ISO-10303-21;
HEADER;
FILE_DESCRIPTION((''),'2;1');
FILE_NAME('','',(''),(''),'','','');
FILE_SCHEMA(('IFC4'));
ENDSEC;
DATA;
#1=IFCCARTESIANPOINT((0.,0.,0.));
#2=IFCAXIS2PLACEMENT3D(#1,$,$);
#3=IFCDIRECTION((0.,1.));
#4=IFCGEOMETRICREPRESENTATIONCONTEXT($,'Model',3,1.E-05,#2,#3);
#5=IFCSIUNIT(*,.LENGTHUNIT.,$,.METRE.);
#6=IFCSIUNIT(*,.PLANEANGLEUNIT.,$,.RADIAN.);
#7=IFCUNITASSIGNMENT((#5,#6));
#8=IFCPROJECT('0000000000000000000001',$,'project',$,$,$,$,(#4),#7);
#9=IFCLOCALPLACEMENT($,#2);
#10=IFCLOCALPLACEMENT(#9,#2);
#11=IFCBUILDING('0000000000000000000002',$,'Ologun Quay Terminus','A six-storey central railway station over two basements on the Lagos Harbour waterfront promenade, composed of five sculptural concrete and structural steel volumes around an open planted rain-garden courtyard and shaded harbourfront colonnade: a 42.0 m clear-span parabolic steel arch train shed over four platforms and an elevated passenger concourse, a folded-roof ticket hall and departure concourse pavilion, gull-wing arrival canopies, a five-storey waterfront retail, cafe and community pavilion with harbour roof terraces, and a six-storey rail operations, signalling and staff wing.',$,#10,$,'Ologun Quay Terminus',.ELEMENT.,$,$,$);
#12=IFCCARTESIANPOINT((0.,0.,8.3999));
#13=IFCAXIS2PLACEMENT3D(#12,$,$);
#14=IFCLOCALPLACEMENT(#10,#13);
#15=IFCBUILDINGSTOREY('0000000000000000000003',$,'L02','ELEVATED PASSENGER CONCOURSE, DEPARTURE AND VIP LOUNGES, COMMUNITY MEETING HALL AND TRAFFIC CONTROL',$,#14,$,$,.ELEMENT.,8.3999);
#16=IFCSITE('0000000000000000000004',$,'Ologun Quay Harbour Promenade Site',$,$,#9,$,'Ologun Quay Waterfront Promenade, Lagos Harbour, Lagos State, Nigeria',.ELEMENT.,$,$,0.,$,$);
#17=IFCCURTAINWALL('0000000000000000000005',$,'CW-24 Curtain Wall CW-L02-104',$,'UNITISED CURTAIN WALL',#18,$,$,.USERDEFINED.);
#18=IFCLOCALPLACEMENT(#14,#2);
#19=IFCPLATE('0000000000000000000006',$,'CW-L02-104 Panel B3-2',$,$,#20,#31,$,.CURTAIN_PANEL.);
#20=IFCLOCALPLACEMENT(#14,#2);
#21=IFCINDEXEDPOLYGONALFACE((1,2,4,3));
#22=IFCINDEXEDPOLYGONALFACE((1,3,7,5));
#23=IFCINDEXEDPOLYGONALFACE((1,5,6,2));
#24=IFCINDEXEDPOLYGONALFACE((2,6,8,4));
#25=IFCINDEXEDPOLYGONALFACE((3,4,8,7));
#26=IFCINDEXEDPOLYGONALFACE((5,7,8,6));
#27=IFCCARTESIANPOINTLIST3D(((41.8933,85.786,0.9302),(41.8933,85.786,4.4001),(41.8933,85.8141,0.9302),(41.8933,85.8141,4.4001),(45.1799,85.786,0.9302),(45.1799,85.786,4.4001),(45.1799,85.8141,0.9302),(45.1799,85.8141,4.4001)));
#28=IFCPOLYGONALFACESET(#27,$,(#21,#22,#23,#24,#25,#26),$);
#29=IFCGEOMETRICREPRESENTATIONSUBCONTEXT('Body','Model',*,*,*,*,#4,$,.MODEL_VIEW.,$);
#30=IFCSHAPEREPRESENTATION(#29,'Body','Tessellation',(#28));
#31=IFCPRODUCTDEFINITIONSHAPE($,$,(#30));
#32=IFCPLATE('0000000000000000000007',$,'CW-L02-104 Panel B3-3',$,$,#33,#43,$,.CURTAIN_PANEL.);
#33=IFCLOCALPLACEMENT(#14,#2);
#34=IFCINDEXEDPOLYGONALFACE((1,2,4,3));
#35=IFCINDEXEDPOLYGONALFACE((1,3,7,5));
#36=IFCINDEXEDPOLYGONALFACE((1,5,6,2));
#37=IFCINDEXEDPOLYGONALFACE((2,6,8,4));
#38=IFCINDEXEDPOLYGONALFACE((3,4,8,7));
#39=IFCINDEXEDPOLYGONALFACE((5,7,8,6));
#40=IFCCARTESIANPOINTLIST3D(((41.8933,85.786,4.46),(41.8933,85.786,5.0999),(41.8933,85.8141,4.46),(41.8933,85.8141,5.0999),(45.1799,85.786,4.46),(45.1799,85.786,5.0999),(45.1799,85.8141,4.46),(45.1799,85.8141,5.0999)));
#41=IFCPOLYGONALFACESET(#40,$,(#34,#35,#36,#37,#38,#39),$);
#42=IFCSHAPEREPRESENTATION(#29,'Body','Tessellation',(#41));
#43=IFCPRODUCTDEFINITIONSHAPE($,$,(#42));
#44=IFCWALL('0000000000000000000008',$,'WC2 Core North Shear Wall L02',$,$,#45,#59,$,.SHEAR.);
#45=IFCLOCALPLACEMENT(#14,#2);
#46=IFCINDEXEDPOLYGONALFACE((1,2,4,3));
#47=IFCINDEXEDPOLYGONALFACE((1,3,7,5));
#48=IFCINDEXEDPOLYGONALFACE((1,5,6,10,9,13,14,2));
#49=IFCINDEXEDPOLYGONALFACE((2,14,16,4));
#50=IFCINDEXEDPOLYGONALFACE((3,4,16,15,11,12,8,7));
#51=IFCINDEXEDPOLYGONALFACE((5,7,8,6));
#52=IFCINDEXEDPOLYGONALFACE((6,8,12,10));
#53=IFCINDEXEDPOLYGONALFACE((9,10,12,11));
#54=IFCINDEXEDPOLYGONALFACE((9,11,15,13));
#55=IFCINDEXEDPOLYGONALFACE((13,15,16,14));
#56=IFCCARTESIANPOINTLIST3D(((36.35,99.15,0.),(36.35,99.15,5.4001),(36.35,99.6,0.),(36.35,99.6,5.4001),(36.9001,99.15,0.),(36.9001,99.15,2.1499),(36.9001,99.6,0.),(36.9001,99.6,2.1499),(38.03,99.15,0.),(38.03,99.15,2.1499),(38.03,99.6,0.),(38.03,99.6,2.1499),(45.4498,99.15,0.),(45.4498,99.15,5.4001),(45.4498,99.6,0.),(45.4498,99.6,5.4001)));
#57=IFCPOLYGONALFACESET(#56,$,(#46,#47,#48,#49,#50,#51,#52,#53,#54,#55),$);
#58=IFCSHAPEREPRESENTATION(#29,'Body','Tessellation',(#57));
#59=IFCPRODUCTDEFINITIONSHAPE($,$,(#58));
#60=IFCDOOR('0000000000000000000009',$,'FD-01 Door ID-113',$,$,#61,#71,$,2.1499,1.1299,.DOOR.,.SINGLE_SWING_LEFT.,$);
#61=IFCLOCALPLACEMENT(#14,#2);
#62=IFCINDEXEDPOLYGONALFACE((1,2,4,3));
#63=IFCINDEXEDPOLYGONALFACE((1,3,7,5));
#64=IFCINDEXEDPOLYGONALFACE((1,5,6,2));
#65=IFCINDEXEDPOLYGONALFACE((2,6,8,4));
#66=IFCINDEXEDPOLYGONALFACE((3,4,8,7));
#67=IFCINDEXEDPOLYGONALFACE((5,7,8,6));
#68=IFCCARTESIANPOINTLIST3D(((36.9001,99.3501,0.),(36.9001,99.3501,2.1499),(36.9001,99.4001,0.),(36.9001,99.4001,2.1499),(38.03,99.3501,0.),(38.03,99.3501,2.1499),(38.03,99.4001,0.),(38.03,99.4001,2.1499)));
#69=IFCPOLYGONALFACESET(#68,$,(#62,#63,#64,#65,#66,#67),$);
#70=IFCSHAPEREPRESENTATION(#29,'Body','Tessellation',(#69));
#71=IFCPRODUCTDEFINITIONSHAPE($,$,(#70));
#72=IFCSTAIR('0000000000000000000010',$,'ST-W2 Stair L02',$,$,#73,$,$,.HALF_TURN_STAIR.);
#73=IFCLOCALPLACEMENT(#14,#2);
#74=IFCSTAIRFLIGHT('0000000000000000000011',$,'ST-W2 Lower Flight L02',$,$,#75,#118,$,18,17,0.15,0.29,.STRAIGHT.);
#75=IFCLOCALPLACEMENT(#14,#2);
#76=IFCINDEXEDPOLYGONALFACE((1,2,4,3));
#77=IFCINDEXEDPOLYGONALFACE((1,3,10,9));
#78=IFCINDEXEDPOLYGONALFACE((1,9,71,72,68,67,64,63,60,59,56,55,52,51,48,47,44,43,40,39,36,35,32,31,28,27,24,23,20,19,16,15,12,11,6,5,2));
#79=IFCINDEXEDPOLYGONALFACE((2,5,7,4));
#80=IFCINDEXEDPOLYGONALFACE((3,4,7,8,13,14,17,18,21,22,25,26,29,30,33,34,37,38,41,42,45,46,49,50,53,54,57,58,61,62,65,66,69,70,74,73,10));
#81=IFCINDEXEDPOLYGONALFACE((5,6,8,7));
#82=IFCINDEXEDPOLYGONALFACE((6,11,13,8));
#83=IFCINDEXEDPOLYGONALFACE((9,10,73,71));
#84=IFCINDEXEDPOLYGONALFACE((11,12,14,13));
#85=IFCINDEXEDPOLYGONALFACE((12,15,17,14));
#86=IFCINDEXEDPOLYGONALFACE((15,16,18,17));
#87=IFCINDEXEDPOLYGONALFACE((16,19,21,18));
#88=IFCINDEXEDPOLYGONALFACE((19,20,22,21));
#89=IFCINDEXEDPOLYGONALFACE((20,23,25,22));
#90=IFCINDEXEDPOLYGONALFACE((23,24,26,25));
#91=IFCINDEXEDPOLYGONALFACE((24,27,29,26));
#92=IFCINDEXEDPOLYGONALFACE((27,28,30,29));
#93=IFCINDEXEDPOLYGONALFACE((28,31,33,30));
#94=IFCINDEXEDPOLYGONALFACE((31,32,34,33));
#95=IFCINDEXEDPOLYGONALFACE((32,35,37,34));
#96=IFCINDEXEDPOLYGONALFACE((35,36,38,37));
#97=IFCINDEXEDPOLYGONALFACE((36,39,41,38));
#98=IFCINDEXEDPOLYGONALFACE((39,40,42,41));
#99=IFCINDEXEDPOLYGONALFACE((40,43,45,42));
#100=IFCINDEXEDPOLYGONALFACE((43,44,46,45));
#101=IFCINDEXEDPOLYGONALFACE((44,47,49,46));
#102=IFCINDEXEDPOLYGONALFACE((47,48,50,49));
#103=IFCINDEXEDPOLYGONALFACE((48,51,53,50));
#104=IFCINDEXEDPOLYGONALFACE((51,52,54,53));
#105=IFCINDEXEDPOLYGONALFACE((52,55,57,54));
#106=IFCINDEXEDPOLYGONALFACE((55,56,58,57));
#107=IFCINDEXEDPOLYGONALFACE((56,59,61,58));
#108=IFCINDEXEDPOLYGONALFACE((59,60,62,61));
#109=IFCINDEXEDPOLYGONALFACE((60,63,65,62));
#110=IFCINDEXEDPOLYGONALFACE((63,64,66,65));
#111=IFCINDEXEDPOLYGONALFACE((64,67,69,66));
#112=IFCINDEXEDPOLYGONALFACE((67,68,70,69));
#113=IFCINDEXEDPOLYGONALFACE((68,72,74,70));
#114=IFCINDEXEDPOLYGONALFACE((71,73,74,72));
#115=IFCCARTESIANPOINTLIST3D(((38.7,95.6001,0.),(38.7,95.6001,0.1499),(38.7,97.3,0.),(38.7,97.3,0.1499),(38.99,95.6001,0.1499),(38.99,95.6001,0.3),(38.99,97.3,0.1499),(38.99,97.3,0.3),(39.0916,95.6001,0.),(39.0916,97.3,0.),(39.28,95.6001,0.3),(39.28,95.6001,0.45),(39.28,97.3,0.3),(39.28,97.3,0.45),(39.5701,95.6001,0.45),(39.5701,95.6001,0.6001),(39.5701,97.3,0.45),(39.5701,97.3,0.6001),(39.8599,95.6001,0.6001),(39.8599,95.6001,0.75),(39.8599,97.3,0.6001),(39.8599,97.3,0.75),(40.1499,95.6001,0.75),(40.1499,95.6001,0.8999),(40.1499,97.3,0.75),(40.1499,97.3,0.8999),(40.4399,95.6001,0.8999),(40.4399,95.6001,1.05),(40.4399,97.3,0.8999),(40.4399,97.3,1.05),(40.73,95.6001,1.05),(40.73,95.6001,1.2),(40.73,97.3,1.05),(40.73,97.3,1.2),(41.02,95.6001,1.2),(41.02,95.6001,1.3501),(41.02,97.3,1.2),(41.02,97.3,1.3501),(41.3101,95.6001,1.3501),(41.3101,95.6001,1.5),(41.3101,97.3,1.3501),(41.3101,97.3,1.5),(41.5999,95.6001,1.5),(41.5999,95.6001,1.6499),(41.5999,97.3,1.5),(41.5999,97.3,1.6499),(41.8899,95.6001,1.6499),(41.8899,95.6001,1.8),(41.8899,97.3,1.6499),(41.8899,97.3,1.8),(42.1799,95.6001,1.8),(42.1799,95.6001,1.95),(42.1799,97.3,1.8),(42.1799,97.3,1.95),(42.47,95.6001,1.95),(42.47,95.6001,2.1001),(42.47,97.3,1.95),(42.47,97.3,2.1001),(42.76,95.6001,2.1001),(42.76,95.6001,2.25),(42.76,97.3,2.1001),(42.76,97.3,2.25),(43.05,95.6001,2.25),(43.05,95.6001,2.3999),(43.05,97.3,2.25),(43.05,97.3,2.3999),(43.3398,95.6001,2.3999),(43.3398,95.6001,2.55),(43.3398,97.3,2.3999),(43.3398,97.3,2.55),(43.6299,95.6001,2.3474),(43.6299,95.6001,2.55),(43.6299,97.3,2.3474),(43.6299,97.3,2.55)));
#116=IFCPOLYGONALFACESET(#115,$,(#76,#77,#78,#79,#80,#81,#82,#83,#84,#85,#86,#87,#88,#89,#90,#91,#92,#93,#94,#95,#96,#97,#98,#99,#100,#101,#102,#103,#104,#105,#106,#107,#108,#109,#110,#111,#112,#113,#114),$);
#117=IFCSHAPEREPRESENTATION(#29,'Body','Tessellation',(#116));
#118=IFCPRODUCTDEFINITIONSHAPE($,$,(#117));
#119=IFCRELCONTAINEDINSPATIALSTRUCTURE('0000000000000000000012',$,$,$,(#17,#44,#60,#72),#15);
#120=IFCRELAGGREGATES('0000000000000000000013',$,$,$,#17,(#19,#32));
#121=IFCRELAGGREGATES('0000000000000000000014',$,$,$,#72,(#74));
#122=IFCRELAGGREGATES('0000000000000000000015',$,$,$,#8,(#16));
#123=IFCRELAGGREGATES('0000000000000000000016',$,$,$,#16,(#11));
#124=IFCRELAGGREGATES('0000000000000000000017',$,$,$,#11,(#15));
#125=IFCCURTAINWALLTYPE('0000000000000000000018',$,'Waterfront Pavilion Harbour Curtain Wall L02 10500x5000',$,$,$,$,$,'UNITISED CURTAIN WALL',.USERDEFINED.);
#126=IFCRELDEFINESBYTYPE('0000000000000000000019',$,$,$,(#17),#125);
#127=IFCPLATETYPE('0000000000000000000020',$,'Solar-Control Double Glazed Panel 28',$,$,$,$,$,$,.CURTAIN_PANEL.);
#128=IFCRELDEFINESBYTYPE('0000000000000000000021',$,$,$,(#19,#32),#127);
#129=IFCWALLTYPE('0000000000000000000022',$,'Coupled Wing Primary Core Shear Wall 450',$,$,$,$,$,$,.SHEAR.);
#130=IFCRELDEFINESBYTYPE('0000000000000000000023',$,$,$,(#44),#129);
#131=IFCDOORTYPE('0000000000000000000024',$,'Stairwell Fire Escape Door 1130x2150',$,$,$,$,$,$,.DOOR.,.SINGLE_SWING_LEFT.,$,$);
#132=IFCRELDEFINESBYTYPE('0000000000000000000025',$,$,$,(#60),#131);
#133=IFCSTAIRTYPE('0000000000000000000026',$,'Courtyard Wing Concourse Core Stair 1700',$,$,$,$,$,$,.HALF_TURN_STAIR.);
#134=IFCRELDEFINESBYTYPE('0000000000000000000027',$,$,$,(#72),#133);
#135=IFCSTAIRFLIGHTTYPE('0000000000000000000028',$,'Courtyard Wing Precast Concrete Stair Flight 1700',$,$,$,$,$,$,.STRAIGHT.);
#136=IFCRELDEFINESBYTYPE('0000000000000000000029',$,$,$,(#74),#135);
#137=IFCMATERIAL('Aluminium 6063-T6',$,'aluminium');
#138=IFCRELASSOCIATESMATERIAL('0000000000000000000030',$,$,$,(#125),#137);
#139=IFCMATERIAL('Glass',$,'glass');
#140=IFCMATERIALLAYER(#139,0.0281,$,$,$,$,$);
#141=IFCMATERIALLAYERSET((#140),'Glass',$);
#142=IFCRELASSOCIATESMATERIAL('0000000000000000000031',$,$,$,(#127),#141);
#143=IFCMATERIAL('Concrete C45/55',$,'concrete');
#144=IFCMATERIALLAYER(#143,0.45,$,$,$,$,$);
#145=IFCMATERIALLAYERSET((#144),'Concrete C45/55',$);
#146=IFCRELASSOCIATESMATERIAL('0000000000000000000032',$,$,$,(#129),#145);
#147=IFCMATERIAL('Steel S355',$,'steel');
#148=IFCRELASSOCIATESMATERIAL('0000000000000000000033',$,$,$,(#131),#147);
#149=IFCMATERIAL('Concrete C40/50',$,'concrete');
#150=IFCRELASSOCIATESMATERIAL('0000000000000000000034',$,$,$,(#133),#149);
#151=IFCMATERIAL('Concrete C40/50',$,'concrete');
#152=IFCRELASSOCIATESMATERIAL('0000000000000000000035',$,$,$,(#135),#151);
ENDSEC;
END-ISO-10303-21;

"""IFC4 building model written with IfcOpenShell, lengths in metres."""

from ifc_helpers import new_model, si_unit, direction, frame, frame_2d, origin, origin_2d, place, context, subcontext, project, spatial, polyline, rectangle, outline, extrude, material, layer, layer_set, type_object, element, fill, aggregate, save


model = new_model("IFC4")

# Units and contexts
model_context = context("Model", 3, precision=1e-05, world=origin(), true_north=direction((0.0, 1.0)))
body_context = subcontext(model_context, "Body", "Model", "MODEL_VIEW")
ifc_project = project(units=[si_unit("LENGTHUNIT", "METRE"), si_unit("PLANEANGLEUNIT", "RADIAN")], contexts=[model_context])

# Site, building, storey
site_placement = place(None, origin())
site = spatial("IfcSite", under=ifc_project, at=site_placement, Name="Ologun Quay Harbour Promenade Site", LongName="Ologun Quay Waterfront Promenade, Lagos Harbour, Lagos State, Nigeria", CompositionType="ELEMENT", RefElevation=0.0)
building_placement = place(site_placement, origin())
building = spatial("IfcBuilding", under=site, at=building_placement, Name="Ologun Quay Terminus", Description="A six-storey central railway station over two basements on the Lagos Harbour waterfront promenade, composed of five sculptural concrete and structural steel volumes around an open planted rain-garden courtyard and shaded harbourfront colonnade: a 42.0 m clear-span parabolic steel arch train shed over four platforms and an elevated passenger concourse, a folded-roof ticket hall and departure concourse pavilion, gull-wing arrival canopies, a five-storey waterfront retail, cafe and community pavilion with harbour roof terraces, and a six-storey rail operations, signalling and staff wing.", LongName="Ologun Quay Terminus", CompositionType="ELEMENT")
storey_placement = place(building_placement, frame((0.0, 0.0, 8.3999)))
storey = spatial("IfcBuildingStorey", under=building, at=storey_placement, Name="L02", Description="ELEVATED PASSENGER CONCOURSE, DEPARTURE AND VIP LOUNGES, COMMUNITY MEETING HALL AND TRAFFIC CONTROL", CompositionType="ELEMENT", Elevation=8.3999)

# Curtain wall
ifc_material_1 = material(Name="Aluminium 6063-T6", Category="aluminium")
curtain_wall_type = type_object("IfcCurtainWallType", Name="Waterfront Pavilion Harbour Curtain Wall L02 10500x5000", ElementType="UNITISED CURTAIN WALL", PredefinedType="USERDEFINED", material=ifc_material_1)
curtain_wall_placement = place(storey_placement, origin())
curtain_wall = element("IfcCurtainWall", 1, at=curtain_wall_placement, inside=storey, type_object=curtain_wall_type, Name="CW-24 Curtain Wall CW-L02-104", ObjectType="UNITISED CURTAIN WALL", PredefinedType="USERDEFINED")

# Plates
ifc_material_2 = material(Name="Glass", Category="glass")
ifc_layer_1 = layer(ifc_material_2, 0.0281)
ifc_layer_set_1 = layer_set([ifc_layer_1], Name="Glass")
plate_type_1 = type_object("IfcPlateType", Name="Solar-Control Double Glazed Panel 28", PredefinedType="CURTAIN_PANEL", material=ifc_layer_set_1)
plate_1_placement = place(storey_placement, frame((43.5366, 85.8, 0.9302), z_axis=(0.0, 0.0, 1.0), x_axis=(1.0, 0.0, 0.0)))
plate_1 = element("IfcPlate", 2, at=plate_1_placement, type_object=plate_type_1, Name="CW-L02-104 Panel B3-2", PredefinedType="CURTAIN_PANEL", context=body_context, shape_type="SweptSolid", body=[
    extrude(rectangle(XDim=3.2866, YDim=0.0281, at=origin_2d()), origin(), (0.0, 0.0, 1.0), 3.47),
])
plate_2_placement = place(storey_placement, frame((43.5366, 85.8, 4.46), z_axis=(0.0, 0.0, 1.0), x_axis=(1.0, 0.0, 0.0)))
plate_2 = element("IfcPlate", 3, at=plate_2_placement, type_object=plate_type_1, Name="CW-L02-104 Panel B3-3", PredefinedType="CURTAIN_PANEL", context=body_context, shape_type="SweptSolid", body=[
    extrude(rectangle(XDim=3.2866, YDim=0.0281, at=origin_2d()), origin(), (0.0, 0.0, 1.0), 0.6399),
])
aggregate(curtain_wall, [plate_1, plate_2])

# Wall, opening, door
ifc_material_3 = material(Name="Concrete C45/55", Category="concrete")
ifc_layer_2 = layer(ifc_material_3, 0.45)
ifc_layer_set_2 = layer_set([ifc_layer_2], Name="Concrete C45/55")
wall_type = type_object("IfcWallType", Name="Coupled Wing Primary Core Shear Wall 450", PredefinedType="SHEAR", material=ifc_layer_set_2)
wall_placement = place(storey_placement, frame((36.3501, 99.375, 0.0), z_axis=(0.0, 0.0, 1.0), x_axis=(1.0, 0.0, 0.0)))
wall = element("IfcWall", 4, at=wall_placement, inside=storey, type_object=wall_type, Name="WC2 Core North Shear Wall L02", PredefinedType="SHEAR", context=body_context, shape_type="SweptSolid", body=[
    extrude(rectangle(XDim=9.0999, YDim=0.45, at=frame_2d((4.5498, 0.0))), origin(), (0.0, 0.0, 1.0), 5.4001),
])
opening_placement = place(wall_placement, frame((0.55, 0.0, 0.0)))
opening = element("IfcOpeningElement", 5, at=opening_placement, cuts=wall, PredefinedType="OPENING", context=body_context, shape_type="SweptSolid", body=[
    extrude(rectangle(XDim=1.1299, YDim=2.1499, at=frame_2d((0.5649, 1.075))), frame((0.0, 0.2349, 0.0), z_axis=(0.0, -1.0, 0.0), x_axis=(1.0, 0.0, 0.0)), (0.0, 0.0, 1.0), 0.47),
])
ifc_material_4 = material(Name="Steel S355", Category="steel")
door_type = type_object("IfcDoorType", Name="Stairwell Fire Escape Door 1130x2150", OperationType="SINGLE_SWING_LEFT", PredefinedType="DOOR", material=ifc_material_4)
door_placement = place(opening_placement, frame((0.5649, 0.0, 0.0), z_axis=(0.0, 0.0, 1.0), x_axis=(-1.0, 0.0, 0.0)))
door = element("IfcDoor", 6, at=door_placement, inside=storey, type_object=door_type, Name="FD-01 Door ID-113", OperationType="SINGLE_SWING_LEFT", OverallHeight=2.1499, OverallWidth=1.1299, PredefinedType="DOOR", context=body_context, shape_type="SweptSolid", body=[
    extrude(rectangle(XDim=1.1299, YDim=2.1499, at=frame_2d((0.0, 1.075))), frame((0.0, 0.0249, 0.0), z_axis=(0.0, -1.0, 0.0), x_axis=(1.0, 0.0, 0.0)), (0.0, 0.0, 1.0), 0.05),
])
fill(opening, door)

# Stair, stair flight
ifc_material_5 = material(Name="Concrete C40/50", Category="concrete")
stair_type = type_object("IfcStairType", Name="Courtyard Wing Concourse Core Stair 1700", PredefinedType="HALF_TURN_STAIR", material=ifc_material_5)
stair_placement = place(storey_placement, origin())
stair = element("IfcStair", 7, at=stair_placement, inside=storey, type_object=stair_type, Name="ST-W2 Stair L02", PredefinedType="HALF_TURN_STAIR")
ifc_material_6 = material(Name="Concrete C40/50", Category="concrete")
stair_flight_type = type_object("IfcStairFlightType", Name="Courtyard Wing Precast Concrete Stair Flight 1700", PredefinedType="STRAIGHT", material=ifc_material_6)
stair_flight_placement = place(storey_placement, frame((38.7, 96.45, 0.0), z_axis=(0.0, 0.0, 1.0), x_axis=(1.0, 0.0, 0.0)))
stair_flight = element("IfcStairFlight", 8, at=stair_flight_placement, type_object=stair_flight_type, Name="ST-W2 Lower Flight L02", NumberOfRisers=18, NumberOfTreads=17, PredefinedType="STRAIGHT", RiserHeight=0.15, TreadLength=0.29, context=body_context, shape_type="SweptSolid", body=[
    extrude(outline(polyline([(0.0, 0.0), (0.0, 0.1499), (0.29, 0.1499), (0.29, 0.3), (0.5801, 0.3), (0.5801, 0.45), (0.8701, 0.45), (0.8701, 0.6001), (1.1599, 0.6001), (1.1599, 0.75), (1.45, 0.75), (1.45, 0.8999), (1.74, 0.8999), (1.74, 1.05), (2.03, 1.05), (2.03, 1.2), (2.3201, 1.2), (2.3201, 1.3501), (2.6101, 1.3501), (2.6101, 1.5), (2.8999, 1.5), (2.8999, 1.6499), (3.1899, 1.6499), (3.1899, 1.8), (3.48, 1.8), (3.48, 1.95), (3.77, 1.95), (3.77, 2.1001), (4.0601, 2.1001), (4.0601, 2.25), (4.3501, 2.25), (4.3501, 2.3999), (4.6399, 2.3999), (4.6399, 2.55), (4.9299, 2.55), (4.9299, 2.7), (4.9299, 2.3474), (0.3916, 0.0), (0.0, 0.0)])), frame((0.0, 0.8501, 0.0), z_axis=(0.0, -1.0, 0.0), x_axis=(1.0, 0.0, 0.0)), (0.0, 0.0, 1.0), 1.7),
])
aggregate(stair, [stair_flight])

save(model, "model.ifc")
